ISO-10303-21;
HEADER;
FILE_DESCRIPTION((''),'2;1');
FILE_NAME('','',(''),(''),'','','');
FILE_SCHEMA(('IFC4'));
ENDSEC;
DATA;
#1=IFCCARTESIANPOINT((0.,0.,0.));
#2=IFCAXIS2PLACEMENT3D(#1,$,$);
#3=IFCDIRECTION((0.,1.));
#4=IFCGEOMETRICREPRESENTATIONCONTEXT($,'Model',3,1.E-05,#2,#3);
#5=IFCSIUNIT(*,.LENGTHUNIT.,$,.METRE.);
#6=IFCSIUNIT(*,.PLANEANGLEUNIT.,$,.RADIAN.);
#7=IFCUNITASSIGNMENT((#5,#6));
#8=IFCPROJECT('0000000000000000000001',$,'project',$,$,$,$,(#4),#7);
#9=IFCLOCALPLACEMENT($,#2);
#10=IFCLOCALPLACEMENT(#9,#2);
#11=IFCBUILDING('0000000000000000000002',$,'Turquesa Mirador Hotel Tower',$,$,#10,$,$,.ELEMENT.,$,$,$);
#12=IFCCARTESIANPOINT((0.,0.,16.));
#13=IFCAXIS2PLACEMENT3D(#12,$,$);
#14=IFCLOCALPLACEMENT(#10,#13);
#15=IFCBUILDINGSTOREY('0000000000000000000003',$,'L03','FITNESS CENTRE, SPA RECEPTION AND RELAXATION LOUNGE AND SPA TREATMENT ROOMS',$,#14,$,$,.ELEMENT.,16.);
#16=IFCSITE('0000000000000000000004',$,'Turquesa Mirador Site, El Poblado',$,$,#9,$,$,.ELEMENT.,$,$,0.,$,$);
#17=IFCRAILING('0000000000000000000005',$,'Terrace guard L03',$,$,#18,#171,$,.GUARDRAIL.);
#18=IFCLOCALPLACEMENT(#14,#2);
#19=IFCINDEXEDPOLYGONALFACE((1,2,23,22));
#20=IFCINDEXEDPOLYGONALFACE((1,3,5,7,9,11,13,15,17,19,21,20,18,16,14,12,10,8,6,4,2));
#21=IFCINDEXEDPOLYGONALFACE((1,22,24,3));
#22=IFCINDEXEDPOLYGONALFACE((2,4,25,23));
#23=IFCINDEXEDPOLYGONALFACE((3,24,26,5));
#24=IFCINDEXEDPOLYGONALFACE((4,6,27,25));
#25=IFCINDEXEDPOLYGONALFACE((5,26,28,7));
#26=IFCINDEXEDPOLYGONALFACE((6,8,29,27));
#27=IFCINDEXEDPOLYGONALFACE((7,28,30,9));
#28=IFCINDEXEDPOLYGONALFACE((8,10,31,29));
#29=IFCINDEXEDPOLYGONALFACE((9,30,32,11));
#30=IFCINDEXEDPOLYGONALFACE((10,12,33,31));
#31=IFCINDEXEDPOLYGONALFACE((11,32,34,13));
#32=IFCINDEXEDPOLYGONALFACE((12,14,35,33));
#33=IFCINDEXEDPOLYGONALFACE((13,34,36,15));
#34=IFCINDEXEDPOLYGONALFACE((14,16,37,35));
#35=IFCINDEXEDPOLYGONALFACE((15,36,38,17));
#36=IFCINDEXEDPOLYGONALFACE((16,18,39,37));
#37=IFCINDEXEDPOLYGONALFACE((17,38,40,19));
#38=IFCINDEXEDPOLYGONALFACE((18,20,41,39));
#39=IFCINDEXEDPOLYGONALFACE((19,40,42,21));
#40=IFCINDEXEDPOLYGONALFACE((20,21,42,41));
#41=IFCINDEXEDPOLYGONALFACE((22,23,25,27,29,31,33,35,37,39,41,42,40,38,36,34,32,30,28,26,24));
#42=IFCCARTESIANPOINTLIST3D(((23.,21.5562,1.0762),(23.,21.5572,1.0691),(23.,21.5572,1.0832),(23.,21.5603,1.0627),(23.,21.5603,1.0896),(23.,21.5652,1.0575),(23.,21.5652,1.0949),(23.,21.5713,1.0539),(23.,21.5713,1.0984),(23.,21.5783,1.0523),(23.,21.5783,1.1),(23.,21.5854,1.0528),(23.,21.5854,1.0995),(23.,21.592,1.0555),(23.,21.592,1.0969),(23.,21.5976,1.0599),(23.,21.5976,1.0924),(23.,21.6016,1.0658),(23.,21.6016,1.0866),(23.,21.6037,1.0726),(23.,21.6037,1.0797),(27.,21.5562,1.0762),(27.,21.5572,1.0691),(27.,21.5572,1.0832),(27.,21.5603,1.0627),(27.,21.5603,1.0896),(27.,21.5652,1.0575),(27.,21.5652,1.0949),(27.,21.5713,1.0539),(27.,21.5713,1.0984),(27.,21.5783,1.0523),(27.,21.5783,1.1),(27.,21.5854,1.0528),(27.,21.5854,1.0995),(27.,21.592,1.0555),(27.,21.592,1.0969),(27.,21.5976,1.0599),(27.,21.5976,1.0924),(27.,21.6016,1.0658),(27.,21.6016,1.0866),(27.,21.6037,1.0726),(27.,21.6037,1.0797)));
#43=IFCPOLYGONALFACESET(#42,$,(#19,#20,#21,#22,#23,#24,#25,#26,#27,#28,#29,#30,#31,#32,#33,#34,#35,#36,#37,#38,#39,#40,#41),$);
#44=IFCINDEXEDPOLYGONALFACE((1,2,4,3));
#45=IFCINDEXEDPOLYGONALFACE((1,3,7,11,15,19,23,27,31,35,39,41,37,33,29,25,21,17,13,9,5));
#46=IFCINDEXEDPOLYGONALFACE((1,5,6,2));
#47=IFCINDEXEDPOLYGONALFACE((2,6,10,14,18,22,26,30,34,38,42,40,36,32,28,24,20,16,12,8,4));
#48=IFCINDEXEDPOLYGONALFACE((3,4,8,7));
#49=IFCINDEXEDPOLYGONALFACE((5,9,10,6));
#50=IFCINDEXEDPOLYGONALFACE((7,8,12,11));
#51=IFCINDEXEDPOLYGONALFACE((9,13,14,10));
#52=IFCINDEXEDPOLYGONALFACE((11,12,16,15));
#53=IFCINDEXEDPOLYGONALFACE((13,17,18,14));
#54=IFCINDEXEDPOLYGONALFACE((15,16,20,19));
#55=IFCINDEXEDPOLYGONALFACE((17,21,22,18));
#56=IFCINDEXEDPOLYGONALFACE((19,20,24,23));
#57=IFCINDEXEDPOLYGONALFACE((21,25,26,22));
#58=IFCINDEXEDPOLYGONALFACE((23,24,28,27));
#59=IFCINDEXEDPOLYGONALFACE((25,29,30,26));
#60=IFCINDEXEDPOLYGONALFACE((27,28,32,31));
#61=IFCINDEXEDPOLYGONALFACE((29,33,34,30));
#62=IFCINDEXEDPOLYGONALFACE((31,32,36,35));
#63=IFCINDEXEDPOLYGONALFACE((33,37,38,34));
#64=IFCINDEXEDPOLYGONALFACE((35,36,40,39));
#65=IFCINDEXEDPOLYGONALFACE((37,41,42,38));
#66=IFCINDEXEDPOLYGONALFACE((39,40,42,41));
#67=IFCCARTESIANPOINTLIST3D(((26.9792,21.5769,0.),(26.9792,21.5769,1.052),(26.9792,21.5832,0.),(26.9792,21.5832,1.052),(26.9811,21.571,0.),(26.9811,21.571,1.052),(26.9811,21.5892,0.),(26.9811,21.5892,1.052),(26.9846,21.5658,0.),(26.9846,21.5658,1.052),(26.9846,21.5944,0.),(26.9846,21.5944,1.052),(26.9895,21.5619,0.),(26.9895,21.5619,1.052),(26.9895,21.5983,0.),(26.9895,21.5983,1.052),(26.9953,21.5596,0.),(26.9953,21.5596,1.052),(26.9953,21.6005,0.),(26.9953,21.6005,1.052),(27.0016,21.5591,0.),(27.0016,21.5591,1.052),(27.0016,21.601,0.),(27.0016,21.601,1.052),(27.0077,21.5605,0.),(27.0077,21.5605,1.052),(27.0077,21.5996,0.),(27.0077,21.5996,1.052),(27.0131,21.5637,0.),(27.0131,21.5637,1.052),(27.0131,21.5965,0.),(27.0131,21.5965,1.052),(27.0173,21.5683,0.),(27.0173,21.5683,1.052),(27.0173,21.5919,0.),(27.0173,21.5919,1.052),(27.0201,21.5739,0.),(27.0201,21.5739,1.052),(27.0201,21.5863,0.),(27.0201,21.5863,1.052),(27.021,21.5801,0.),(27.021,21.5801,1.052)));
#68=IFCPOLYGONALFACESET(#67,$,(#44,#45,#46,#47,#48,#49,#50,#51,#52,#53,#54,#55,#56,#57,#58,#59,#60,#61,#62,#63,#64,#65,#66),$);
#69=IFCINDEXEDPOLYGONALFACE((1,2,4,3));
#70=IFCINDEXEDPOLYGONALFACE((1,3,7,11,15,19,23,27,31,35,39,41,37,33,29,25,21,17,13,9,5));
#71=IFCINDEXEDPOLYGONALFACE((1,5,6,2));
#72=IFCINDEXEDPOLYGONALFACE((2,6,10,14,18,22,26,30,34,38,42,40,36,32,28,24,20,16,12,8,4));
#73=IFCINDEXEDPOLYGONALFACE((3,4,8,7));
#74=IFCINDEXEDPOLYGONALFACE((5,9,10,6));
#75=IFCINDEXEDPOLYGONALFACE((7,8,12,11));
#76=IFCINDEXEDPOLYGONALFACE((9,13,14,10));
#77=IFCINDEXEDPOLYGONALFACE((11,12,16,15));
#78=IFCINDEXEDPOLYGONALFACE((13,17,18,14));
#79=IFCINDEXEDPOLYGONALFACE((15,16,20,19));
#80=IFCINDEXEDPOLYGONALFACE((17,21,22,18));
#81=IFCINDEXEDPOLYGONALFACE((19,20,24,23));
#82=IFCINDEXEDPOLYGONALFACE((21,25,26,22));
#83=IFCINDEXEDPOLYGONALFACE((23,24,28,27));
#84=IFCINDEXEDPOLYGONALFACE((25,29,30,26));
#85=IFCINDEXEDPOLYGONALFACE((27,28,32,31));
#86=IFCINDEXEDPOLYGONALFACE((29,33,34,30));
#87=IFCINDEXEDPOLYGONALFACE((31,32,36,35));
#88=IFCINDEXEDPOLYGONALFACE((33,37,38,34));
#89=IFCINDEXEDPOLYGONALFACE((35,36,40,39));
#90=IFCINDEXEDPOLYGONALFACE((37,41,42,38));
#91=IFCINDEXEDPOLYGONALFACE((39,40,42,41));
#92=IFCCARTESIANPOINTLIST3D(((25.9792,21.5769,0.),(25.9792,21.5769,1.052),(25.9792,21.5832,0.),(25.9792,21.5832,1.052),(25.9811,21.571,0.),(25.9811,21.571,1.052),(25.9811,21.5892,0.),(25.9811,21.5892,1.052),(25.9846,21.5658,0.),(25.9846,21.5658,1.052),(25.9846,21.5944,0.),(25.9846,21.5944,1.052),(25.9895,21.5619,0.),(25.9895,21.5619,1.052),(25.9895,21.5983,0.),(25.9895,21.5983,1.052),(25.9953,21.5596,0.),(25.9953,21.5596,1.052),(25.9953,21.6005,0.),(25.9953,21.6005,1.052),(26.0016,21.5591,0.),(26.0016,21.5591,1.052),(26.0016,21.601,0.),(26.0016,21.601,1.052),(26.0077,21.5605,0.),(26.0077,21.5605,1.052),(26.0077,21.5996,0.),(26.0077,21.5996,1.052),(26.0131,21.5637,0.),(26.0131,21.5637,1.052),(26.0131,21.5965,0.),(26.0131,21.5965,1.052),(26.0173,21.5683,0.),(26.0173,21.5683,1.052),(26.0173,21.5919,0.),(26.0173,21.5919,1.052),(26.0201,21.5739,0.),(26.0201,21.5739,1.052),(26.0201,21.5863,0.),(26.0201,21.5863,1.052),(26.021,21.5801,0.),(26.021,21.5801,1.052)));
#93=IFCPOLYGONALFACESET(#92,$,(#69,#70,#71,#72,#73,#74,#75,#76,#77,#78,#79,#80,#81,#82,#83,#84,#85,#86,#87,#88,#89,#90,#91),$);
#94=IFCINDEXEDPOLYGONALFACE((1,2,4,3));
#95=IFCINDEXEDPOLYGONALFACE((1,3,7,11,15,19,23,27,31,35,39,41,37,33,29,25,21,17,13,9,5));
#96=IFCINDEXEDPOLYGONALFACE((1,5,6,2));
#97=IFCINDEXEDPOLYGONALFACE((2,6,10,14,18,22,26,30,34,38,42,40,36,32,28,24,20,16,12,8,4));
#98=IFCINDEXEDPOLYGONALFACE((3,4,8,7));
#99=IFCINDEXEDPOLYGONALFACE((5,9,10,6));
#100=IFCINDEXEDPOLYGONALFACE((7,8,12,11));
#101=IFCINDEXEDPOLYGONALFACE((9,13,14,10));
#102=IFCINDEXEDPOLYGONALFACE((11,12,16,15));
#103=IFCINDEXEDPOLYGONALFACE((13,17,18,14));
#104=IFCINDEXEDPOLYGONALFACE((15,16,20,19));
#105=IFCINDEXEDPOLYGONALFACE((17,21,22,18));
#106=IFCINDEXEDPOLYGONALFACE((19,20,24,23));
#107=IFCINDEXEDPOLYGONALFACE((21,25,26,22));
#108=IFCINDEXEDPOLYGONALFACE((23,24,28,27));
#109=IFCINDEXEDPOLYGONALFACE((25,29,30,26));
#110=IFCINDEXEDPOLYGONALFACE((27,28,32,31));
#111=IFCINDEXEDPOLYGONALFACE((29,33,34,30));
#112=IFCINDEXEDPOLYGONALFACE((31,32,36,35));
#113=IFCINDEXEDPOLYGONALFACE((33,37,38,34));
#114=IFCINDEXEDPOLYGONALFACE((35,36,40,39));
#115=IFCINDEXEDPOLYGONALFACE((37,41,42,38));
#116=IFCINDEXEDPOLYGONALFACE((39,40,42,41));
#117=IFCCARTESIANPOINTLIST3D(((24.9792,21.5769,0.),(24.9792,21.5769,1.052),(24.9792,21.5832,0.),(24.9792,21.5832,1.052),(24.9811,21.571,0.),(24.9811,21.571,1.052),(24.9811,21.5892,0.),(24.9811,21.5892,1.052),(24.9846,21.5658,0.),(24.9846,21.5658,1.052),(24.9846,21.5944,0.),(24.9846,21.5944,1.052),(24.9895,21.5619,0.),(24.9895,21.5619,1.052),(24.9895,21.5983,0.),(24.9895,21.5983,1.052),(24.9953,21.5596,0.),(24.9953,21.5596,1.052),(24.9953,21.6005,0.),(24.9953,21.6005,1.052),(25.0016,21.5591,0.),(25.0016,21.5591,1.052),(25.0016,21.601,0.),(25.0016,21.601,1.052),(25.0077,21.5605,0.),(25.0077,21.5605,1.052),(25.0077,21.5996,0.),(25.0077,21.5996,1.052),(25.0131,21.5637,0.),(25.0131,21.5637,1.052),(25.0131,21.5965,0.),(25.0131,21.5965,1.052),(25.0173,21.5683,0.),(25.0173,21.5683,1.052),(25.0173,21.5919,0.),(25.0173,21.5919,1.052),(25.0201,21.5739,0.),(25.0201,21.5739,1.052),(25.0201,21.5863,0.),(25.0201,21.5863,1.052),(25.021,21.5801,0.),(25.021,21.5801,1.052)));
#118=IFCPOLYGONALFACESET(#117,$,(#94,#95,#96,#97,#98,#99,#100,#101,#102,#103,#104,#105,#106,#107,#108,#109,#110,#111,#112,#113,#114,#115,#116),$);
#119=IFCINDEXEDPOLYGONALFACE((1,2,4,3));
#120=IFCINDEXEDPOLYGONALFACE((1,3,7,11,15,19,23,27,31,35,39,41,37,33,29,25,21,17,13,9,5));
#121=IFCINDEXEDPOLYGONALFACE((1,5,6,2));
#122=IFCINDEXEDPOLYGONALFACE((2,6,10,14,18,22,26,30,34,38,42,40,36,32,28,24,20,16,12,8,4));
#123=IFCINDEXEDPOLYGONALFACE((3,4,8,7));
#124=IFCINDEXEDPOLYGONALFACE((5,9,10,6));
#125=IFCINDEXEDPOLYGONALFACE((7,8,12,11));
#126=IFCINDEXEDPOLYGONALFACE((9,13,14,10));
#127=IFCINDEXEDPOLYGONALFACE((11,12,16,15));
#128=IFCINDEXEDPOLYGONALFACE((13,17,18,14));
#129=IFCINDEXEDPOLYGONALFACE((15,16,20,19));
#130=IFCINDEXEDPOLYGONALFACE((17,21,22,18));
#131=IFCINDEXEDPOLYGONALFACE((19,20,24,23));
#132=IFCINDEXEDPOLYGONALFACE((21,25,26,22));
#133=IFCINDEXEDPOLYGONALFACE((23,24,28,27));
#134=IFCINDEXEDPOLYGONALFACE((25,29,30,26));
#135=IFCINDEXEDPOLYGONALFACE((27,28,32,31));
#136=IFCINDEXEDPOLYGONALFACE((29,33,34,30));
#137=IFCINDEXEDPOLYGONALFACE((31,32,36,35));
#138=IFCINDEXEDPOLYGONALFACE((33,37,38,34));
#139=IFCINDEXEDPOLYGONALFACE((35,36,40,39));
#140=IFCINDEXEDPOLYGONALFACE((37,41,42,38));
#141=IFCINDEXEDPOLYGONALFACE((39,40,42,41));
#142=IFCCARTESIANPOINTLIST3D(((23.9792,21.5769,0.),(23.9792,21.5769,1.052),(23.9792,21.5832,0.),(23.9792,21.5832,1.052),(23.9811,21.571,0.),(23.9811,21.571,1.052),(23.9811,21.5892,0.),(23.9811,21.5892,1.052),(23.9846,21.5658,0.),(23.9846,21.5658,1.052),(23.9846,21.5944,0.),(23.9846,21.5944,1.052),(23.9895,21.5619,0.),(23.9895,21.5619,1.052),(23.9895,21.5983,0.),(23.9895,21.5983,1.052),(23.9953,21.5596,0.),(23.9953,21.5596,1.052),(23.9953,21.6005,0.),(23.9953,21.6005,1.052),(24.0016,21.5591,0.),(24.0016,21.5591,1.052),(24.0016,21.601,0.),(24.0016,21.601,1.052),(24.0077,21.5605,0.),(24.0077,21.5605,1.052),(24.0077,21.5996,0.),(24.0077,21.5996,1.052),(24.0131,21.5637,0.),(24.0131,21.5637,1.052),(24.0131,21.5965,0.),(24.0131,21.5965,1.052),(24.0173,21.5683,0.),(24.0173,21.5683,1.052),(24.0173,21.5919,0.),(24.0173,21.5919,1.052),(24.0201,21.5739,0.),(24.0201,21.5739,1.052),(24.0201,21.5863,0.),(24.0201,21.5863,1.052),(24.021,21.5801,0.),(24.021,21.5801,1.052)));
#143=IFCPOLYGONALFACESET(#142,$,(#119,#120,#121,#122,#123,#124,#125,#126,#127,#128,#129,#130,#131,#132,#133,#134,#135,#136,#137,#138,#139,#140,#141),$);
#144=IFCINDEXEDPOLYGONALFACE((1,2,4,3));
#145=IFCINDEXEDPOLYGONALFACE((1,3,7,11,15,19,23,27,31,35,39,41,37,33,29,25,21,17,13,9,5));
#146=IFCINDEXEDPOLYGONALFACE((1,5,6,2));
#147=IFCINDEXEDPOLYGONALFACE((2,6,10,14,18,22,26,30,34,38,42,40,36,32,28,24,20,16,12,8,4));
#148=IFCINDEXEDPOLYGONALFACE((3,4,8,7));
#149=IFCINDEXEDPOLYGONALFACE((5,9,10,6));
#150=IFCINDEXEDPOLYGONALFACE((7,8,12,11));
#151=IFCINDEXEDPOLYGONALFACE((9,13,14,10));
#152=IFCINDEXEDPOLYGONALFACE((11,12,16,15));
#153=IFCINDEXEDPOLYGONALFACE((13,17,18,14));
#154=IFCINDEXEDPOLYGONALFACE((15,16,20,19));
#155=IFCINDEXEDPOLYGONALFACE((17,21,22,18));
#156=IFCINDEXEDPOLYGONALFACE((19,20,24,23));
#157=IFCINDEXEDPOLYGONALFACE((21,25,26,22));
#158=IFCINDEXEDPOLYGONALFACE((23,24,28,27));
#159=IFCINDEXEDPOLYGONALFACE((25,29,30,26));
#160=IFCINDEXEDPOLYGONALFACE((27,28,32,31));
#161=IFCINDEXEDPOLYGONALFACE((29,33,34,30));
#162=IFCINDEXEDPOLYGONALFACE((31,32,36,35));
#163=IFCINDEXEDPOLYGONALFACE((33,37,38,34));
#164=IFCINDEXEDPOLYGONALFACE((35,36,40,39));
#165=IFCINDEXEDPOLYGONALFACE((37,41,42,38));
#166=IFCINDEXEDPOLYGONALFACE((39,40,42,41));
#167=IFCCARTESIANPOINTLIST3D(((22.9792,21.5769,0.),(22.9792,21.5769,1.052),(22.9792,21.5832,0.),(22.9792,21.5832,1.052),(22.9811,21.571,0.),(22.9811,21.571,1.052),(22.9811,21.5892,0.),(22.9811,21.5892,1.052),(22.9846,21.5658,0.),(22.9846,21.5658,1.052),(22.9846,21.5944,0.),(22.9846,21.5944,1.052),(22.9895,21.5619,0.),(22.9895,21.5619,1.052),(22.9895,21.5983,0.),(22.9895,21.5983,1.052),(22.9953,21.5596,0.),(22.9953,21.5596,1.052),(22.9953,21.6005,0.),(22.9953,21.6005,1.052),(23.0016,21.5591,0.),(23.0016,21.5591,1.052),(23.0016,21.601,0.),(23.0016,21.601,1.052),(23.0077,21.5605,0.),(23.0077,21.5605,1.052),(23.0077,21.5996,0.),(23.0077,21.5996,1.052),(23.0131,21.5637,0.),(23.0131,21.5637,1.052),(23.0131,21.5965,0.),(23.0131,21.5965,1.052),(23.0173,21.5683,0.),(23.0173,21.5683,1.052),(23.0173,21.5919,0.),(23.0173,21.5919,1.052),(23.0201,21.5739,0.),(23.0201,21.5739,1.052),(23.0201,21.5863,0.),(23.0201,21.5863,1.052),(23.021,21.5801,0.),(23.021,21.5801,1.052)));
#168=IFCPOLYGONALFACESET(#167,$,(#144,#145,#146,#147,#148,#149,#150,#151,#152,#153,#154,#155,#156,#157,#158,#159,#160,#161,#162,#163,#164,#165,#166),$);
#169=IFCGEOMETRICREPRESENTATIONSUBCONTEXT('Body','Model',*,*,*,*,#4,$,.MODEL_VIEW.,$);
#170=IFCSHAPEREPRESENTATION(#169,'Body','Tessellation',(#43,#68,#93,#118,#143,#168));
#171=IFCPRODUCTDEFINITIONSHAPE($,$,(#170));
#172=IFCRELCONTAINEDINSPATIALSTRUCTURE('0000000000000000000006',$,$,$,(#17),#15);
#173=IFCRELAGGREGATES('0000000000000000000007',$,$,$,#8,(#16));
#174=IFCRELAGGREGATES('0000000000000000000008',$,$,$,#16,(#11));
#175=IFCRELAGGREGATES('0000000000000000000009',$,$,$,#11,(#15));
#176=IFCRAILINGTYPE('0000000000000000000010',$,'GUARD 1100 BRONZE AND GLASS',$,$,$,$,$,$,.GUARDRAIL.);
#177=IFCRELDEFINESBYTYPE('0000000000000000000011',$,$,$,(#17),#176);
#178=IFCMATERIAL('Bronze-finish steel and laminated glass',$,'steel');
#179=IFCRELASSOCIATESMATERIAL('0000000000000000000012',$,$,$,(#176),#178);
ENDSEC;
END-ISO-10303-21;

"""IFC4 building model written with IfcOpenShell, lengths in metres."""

from ifc_helpers import new_model, si_unit, direction, frame, origin, origin_2d, place, context, subcontext, project, spatial, circle, extrude, material, type_object, element, save


model = new_model("IFC4")

# Units and contexts
model_context = context("Model", 3, precision=1e-05, world=origin(), true_north=direction((0.0, 1.0)))
body_context = subcontext(model_context, "Body", "Model", "MODEL_VIEW")
ifc_project = project(units=[si_unit("LENGTHUNIT", "METRE"), si_unit("PLANEANGLEUNIT", "RADIAN")], contexts=[model_context])

# Site, building, storey
site_placement = place(None, origin())
site = spatial("IfcSite", under=ifc_project, at=site_placement, Name="Turquesa Mirador Site, El Poblado", CompositionType="ELEMENT", RefElevation=0.0)
building_placement = place(site_placement, origin())
building = spatial("IfcBuilding", under=site, at=building_placement, Name="Turquesa Mirador Hotel Tower", CompositionType="ELEMENT")
storey_placement = place(building_placement, frame((0.0, 0.0, 16.0)))
storey = spatial("IfcBuildingStorey", under=building, at=storey_placement, Name="L03", Description="FITNESS CENTRE, SPA RECEPTION AND RELAXATION LOUNGE AND SPA TREATMENT ROOMS", CompositionType="ELEMENT", Elevation=16.0)

# Railing
ifc_material_1 = material(Name="Bronze-finish steel and laminated glass", Category="steel")
railing_type = type_object("IfcRailingType", Name="GUARD 1100 BRONZE AND GLASS", PredefinedType="GUARDRAIL", material=ifc_material_1)
railing_1_placement = place(storey_placement, frame((27.0, 21.5801, 0.0)))
element("IfcRailing", 1, at=railing_1_placement, inside=storey, type_object=railing_type, Name="Terrace guard L03", PredefinedType="GUARDRAIL", context=body_context, shape_type="SweptSolid", body=[
    extrude(circle(Radius=0.0239, at=origin_2d()), frame((0.0, 0.0, 1.0762), z_axis=(-1.0, 0.0, 0.0), x_axis=(0.0, -1.0, 0.0)), (0.0, 0.0, 1.0), 4.0),
    extrude(circle(Radius=0.021, at=origin_2d()), origin(), (0.0, 0.0, 1.0), 1.052),
    extrude(circle(Radius=0.021, at=origin_2d()), frame((-1.0, 0.0, 0.0)), (0.0, 0.0, 1.0), 1.052),
    extrude(circle(Radius=0.021, at=origin_2d()), frame((-2.0, 0.0, 0.0)), (0.0, 0.0, 1.0), 1.052),
    extrude(circle(Radius=0.021, at=origin_2d()), frame((-3.0, 0.0, 0.0)), (0.0, 0.0, 1.0), 1.052),
    extrude(circle(Radius=0.021, at=origin_2d()), frame((-4.0, 0.0, 0.0)), (0.0, 0.0, 1.0), 1.052),
])

save(model, "model.ifc")
